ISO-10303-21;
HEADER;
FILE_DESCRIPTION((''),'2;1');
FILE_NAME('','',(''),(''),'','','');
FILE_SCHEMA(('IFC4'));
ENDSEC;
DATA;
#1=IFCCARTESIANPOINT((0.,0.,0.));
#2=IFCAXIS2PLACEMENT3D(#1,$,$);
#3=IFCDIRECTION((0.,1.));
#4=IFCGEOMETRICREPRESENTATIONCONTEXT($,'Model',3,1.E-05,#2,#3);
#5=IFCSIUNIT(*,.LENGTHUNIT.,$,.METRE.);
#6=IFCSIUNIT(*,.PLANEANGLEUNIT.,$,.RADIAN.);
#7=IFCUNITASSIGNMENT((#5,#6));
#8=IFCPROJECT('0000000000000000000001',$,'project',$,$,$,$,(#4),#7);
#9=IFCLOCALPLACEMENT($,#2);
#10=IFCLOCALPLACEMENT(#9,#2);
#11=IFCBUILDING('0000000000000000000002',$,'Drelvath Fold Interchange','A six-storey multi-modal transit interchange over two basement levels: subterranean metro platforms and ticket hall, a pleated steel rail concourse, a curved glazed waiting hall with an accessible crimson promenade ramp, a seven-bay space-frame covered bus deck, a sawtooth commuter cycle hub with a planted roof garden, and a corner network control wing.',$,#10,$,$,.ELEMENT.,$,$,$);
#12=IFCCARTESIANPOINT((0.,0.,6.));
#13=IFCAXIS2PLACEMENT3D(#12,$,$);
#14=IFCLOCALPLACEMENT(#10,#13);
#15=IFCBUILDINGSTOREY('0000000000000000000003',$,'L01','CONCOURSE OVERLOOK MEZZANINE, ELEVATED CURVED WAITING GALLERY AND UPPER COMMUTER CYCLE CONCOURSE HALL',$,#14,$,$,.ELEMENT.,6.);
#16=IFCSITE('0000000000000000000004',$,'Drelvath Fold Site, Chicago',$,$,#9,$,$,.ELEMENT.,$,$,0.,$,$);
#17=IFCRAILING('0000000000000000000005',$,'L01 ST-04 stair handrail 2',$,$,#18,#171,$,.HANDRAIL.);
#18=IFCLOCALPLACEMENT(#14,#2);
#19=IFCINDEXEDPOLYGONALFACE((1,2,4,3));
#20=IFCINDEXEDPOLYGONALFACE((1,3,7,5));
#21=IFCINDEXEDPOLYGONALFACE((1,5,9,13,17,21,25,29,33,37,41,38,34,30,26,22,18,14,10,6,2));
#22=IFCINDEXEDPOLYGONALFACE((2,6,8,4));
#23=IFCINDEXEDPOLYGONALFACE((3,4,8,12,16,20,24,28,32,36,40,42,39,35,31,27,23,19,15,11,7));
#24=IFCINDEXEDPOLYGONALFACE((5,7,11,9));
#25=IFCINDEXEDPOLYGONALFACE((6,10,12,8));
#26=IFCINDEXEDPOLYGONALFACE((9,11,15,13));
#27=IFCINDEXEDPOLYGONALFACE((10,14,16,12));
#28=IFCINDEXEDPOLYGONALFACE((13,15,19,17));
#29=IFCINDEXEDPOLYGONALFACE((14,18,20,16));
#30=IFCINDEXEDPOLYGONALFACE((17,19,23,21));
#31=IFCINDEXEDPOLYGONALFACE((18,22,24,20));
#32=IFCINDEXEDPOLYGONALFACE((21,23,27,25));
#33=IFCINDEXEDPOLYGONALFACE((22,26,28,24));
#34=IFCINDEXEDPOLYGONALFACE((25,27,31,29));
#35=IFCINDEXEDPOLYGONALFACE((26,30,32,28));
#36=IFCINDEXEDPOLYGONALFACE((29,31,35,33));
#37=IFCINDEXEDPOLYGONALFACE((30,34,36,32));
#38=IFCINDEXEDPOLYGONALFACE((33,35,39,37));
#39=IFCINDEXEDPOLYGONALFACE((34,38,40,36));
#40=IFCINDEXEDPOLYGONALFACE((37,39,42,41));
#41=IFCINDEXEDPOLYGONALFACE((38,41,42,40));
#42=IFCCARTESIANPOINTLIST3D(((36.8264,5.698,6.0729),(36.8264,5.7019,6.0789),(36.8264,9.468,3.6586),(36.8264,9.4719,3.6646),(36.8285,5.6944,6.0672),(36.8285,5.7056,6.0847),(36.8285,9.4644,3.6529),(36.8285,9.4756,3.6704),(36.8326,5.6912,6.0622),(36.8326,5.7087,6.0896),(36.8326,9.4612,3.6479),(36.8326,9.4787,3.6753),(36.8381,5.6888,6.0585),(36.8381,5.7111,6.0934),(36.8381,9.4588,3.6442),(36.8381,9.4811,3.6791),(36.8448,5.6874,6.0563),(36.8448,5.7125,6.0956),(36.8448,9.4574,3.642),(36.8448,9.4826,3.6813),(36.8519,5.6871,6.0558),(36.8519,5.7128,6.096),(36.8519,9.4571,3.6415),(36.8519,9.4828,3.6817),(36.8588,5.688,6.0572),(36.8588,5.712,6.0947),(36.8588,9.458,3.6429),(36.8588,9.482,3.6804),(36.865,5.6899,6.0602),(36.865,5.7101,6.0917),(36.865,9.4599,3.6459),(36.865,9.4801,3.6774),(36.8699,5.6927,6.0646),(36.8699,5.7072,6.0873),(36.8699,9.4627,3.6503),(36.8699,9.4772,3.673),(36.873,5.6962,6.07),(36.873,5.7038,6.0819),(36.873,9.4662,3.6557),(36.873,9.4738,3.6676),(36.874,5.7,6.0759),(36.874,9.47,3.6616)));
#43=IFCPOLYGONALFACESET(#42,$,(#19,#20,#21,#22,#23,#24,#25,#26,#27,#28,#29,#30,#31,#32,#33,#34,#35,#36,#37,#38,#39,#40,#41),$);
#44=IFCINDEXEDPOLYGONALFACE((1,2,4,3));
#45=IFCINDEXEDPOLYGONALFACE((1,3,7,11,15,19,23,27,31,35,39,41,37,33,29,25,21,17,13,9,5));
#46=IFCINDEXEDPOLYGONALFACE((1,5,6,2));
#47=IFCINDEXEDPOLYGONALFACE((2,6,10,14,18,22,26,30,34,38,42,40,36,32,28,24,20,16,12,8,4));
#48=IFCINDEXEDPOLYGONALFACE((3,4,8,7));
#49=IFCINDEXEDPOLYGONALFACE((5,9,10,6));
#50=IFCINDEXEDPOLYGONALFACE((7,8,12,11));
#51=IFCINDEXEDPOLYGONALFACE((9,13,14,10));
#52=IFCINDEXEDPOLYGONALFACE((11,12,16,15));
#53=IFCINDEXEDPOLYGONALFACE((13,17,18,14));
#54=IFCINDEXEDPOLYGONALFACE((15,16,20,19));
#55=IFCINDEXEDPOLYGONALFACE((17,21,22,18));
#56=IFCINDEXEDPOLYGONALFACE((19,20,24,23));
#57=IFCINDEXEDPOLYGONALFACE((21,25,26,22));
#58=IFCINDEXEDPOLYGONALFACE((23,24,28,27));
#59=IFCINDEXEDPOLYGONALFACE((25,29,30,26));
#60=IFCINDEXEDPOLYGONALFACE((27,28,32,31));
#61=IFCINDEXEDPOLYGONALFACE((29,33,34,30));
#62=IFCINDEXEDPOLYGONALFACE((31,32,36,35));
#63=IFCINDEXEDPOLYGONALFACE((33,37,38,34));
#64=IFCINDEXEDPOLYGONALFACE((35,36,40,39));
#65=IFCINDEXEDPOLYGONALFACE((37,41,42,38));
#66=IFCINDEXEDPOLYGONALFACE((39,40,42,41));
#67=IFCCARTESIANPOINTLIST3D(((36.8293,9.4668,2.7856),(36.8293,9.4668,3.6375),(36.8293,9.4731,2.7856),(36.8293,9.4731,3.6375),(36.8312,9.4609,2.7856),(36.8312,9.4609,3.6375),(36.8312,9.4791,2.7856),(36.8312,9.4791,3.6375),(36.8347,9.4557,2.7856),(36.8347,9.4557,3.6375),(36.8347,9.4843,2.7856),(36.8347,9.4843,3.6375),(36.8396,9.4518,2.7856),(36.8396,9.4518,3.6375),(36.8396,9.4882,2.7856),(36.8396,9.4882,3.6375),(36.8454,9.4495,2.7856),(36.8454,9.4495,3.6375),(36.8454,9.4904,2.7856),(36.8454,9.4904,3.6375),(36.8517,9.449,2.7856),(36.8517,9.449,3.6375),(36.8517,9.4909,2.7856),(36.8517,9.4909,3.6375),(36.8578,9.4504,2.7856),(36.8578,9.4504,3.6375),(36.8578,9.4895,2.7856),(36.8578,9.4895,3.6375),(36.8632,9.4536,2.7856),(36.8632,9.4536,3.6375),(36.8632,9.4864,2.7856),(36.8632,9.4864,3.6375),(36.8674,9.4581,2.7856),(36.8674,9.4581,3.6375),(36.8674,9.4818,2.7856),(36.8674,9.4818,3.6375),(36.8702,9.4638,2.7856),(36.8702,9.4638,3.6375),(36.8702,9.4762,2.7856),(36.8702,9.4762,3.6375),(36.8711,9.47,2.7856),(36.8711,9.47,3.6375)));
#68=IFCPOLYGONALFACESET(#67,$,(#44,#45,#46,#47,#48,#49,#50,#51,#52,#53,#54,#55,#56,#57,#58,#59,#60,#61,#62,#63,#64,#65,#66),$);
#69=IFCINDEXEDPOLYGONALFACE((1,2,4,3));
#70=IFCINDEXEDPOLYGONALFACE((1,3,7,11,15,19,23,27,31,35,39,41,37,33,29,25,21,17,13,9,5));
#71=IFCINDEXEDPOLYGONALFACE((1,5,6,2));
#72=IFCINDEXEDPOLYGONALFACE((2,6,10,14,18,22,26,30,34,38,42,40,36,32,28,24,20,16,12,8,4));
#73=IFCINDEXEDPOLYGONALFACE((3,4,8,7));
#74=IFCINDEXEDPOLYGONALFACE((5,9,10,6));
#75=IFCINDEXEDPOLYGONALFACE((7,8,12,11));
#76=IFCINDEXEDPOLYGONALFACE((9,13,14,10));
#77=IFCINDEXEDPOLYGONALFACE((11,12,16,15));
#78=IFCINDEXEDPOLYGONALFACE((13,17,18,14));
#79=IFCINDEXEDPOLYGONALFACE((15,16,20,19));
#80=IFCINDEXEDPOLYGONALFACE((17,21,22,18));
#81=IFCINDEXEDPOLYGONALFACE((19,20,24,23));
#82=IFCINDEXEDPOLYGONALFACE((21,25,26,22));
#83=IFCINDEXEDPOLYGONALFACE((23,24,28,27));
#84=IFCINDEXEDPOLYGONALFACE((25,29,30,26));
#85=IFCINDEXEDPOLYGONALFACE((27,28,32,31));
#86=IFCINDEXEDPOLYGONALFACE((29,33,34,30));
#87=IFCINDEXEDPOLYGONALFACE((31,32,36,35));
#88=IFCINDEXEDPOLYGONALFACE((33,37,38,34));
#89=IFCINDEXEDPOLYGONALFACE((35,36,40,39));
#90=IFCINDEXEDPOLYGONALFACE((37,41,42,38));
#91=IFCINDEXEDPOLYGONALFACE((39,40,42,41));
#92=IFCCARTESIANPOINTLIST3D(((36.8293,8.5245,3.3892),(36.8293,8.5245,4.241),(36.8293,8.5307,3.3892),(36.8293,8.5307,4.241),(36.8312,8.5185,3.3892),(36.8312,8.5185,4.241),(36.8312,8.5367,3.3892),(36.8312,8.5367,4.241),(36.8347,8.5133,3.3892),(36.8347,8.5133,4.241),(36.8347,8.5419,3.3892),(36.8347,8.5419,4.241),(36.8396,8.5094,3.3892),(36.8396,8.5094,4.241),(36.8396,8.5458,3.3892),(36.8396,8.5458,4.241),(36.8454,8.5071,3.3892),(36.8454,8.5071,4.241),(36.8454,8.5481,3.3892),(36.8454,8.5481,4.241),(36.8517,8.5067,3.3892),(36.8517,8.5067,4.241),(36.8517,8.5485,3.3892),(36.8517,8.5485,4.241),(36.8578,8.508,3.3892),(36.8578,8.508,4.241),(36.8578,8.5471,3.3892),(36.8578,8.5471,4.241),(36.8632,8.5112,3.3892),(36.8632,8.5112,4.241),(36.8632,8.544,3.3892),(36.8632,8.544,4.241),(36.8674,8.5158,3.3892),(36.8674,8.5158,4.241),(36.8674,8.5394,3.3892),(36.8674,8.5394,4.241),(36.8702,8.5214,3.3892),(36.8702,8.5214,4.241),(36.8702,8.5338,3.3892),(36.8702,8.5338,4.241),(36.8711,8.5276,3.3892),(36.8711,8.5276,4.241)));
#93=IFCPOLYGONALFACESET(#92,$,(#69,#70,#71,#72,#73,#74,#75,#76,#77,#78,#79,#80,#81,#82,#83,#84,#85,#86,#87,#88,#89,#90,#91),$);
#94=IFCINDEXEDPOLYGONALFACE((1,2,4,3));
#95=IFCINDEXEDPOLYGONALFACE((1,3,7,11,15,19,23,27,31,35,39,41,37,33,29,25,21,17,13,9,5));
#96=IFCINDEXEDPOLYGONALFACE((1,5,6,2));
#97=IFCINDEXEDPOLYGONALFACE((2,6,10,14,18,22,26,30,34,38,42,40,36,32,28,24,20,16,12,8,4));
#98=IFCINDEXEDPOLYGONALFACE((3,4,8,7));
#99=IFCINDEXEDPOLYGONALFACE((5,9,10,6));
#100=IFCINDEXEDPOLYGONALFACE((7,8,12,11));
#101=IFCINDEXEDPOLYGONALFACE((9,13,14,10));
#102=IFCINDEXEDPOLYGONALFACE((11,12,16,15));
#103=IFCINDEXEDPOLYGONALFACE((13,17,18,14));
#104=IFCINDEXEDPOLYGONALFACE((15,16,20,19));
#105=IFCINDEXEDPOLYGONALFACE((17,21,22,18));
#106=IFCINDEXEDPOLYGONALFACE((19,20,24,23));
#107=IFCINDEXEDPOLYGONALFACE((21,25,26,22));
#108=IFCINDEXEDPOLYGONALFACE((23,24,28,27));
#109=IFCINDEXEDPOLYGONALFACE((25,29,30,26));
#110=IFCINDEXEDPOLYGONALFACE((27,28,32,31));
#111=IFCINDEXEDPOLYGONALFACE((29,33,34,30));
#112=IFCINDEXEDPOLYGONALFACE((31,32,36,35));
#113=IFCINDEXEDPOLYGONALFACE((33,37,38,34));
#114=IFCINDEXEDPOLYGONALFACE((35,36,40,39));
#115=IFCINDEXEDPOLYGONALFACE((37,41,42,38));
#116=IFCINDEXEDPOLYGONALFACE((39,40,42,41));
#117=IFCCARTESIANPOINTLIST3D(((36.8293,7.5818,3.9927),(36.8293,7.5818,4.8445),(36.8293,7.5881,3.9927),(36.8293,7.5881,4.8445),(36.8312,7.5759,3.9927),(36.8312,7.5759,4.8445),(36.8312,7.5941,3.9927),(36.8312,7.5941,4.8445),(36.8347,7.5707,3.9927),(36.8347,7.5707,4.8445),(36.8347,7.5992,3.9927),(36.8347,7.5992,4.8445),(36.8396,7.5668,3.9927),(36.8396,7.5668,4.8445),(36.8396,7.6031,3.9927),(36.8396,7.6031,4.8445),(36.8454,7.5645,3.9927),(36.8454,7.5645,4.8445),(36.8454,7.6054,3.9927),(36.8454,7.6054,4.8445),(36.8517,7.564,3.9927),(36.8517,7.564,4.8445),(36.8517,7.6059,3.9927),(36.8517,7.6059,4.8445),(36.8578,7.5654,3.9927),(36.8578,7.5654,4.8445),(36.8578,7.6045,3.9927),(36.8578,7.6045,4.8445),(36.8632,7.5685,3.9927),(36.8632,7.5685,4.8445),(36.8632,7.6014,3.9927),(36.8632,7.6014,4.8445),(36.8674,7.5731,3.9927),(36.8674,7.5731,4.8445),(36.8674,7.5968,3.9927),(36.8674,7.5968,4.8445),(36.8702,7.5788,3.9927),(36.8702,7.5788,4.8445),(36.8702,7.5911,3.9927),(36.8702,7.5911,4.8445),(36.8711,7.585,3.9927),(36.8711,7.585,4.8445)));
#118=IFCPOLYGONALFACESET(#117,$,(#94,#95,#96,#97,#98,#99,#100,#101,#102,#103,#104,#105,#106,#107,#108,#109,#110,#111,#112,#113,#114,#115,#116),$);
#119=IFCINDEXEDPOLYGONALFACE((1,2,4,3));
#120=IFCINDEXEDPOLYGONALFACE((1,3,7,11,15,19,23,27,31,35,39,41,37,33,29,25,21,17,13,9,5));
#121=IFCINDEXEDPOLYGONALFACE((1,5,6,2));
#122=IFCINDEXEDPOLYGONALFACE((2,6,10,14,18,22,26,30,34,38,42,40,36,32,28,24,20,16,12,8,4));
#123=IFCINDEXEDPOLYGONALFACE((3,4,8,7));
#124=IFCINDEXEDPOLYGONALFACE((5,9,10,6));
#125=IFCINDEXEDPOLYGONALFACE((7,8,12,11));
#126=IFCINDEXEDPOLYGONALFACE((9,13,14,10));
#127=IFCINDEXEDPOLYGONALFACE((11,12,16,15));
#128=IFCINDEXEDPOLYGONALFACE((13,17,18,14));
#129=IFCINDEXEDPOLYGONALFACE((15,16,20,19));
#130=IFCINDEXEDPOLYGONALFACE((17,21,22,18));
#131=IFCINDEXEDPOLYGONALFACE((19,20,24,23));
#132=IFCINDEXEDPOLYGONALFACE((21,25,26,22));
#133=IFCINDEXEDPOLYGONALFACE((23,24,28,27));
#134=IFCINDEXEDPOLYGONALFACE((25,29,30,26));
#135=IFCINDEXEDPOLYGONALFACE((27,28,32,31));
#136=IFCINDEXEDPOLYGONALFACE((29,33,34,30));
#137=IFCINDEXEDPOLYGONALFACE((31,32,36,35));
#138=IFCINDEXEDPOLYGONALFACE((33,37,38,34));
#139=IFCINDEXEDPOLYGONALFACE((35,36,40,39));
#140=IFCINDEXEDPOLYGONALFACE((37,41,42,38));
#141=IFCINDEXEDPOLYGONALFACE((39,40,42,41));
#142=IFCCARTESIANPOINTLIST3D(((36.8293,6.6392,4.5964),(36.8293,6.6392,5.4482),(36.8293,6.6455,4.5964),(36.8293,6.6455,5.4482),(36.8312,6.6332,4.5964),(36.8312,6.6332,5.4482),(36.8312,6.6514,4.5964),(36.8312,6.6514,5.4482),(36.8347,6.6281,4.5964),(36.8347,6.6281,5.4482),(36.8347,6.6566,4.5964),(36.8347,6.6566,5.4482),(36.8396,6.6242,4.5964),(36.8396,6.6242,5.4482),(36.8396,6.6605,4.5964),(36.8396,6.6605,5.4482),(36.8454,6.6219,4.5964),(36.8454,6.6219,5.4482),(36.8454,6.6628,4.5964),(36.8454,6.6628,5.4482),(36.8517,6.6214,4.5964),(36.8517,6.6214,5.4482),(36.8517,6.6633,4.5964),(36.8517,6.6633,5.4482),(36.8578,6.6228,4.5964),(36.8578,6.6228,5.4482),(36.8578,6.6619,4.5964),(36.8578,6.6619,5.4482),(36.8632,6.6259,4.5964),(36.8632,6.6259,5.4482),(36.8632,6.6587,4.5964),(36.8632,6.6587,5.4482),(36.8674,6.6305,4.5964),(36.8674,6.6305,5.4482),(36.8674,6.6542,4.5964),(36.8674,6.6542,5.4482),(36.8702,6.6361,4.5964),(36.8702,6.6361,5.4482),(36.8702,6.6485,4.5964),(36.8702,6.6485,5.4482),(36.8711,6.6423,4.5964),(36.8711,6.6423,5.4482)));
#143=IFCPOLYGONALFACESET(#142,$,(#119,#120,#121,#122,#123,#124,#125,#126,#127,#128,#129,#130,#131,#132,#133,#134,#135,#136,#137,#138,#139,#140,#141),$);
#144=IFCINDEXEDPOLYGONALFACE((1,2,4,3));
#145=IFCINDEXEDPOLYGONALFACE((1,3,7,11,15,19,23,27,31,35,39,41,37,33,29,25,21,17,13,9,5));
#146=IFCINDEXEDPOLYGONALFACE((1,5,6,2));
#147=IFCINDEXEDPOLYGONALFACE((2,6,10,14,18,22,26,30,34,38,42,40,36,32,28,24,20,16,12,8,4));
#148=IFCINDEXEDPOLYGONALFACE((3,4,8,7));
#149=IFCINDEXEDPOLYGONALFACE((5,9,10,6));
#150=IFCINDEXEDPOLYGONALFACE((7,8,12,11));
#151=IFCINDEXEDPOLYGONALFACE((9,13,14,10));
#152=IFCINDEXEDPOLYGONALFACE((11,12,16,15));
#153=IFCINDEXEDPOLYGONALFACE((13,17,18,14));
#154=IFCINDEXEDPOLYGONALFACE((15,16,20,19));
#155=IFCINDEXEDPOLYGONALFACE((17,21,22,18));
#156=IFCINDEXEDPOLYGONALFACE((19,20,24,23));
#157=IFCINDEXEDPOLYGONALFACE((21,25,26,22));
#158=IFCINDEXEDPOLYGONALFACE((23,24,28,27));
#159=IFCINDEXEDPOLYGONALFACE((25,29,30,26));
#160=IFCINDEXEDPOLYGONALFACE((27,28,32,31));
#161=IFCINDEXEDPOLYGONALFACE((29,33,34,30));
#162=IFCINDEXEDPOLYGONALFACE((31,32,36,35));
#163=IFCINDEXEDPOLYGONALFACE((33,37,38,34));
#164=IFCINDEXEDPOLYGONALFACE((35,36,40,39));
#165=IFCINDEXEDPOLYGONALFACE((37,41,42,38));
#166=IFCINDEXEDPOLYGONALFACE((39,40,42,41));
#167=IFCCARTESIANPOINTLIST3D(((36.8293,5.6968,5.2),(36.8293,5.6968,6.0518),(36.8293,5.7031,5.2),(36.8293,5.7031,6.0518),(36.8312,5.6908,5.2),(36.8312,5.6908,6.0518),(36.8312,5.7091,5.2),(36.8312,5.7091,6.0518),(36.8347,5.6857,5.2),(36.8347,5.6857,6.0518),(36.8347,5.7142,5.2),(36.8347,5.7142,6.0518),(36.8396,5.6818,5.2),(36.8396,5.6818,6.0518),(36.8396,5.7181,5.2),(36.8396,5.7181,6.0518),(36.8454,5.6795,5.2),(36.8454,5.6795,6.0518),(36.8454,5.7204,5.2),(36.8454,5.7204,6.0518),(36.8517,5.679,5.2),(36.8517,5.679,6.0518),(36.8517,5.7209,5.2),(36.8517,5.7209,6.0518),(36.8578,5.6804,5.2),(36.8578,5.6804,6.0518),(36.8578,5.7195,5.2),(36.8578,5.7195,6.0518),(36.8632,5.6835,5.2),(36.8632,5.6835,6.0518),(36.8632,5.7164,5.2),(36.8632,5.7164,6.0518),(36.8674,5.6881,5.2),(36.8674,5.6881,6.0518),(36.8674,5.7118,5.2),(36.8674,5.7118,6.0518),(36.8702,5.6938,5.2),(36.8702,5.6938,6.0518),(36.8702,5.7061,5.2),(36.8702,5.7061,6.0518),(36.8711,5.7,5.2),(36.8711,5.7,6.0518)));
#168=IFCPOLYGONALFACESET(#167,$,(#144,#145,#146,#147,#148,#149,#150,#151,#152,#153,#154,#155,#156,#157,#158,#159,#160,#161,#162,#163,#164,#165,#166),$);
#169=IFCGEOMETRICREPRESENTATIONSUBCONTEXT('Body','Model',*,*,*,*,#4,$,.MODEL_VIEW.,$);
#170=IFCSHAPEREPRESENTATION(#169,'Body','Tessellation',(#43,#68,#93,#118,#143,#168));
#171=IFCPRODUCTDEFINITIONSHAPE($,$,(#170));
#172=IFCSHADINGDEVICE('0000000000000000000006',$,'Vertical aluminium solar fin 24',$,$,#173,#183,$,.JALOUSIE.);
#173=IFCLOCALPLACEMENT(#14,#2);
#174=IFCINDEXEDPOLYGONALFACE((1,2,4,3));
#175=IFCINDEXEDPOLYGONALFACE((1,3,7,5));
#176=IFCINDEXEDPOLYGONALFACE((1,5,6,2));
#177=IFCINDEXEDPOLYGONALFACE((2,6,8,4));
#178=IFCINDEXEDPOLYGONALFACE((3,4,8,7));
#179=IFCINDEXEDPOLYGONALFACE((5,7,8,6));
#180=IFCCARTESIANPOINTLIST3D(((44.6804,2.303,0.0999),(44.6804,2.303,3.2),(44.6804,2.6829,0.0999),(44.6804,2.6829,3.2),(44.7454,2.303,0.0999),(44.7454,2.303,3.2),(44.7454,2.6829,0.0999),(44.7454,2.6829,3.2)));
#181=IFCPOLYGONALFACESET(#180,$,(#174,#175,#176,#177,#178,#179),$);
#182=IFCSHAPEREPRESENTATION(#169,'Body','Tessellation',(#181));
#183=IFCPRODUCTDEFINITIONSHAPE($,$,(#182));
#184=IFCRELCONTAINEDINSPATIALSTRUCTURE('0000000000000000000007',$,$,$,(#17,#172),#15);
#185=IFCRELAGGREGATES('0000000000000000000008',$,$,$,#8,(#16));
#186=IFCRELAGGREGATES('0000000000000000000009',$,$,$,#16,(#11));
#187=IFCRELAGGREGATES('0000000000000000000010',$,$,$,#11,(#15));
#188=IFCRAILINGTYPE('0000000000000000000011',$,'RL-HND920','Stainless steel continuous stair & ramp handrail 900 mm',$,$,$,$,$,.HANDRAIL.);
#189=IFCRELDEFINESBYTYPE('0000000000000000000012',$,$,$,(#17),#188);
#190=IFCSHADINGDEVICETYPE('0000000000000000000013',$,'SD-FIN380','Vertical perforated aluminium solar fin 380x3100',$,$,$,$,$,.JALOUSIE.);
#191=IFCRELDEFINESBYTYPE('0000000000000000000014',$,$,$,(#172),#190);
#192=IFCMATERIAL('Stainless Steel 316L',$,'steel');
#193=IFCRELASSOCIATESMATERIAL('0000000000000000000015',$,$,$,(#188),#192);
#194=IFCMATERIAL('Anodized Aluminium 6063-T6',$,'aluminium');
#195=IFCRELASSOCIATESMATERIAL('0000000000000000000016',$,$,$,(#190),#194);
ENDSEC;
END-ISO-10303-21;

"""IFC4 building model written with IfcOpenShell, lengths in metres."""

from ifc_helpers import new_model, si_unit, direction, frame, origin, origin_2d, place, context, subcontext, project, spatial, rectangle, circle, extrude, material, type_object, element, save


model = new_model("IFC4")

# Units and contexts
model_context = context("Model", 3, precision=1e-05, world=origin(), true_north=direction((0.0, 1.0)))
body_context = subcontext(model_context, "Body", "Model", "MODEL_VIEW")
ifc_project = project(units=[si_unit("LENGTHUNIT", "METRE"), si_unit("PLANEANGLEUNIT", "RADIAN")], contexts=[model_context])

# Site, building, storey
site_placement = place(None, origin())
site = spatial("IfcSite", under=ifc_project, at=site_placement, Name="Drelvath Fold Site, Chicago", CompositionType="ELEMENT", RefElevation=0.0)
building_placement = place(site_placement, origin())
building = spatial("IfcBuilding", under=site, at=building_placement, Name="Drelvath Fold Interchange", Description="A six-storey multi-modal transit interchange over two basement levels: subterranean metro platforms and ticket hall, a pleated steel rail concourse, a curved glazed waiting hall with an accessible crimson promenade ramp, a seven-bay space-frame covered bus deck, a sawtooth commuter cycle hub with a planted roof garden, and a corner network control wing.", CompositionType="ELEMENT")
storey_placement = place(building_placement, frame((0.0, 0.0, 6.0)))
storey = spatial("IfcBuildingStorey", under=building, at=storey_placement, Name="L01", Description="CONCOURSE OVERLOOK MEZZANINE, ELEVATED CURVED WAITING GALLERY AND UPPER COMMUTER CYCLE CONCOURSE HALL", CompositionType="ELEMENT", Elevation=6.0)

# Railing
ifc_material_1 = material(Name="Stainless Steel 316L", Category="steel")
railing_type_1 = type_object("IfcRailingType", Name="RL-HND920", Description="Stainless steel continuous stair & ramp handrail 900 mm", PredefinedType="HANDRAIL", material=ifc_material_1)
railing_1_placement = place(storey_placement, frame((36.8501, 9.47, 2.7856)))
element("IfcRailing", 1, at=railing_1_placement, inside=storey, type_object=railing_type_1, Name="L01 ST-04 stair handrail 2", PredefinedType="HANDRAIL", context=body_context, shape_type="SweptSolid", body=[
    extrude(circle(Radius=0.0239, at=origin_2d()), frame((0.0, 0.0, 0.876), z_axis=(0.0, -0.84212, 0.53929), x_axis=(1.0, 0.0, 0.0)), (0.0, 0.0, 1.0), 4.4768),
    extrude(circle(Radius=0.021, at=origin_2d()), origin(), (0.0, 0.0, 1.0), 0.8518),
    extrude(circle(Radius=0.021, at=origin_2d()), frame((0.0, -0.9424, 0.6035)), (0.0, 0.0, 1.0), 0.8518),
    extrude(circle(Radius=0.021, at=origin_2d()), frame((0.0, -1.885, 1.207)), (0.0, 0.0, 1.0), 0.8518),
    extrude(circle(Radius=0.021, at=origin_2d()), frame((0.0, -2.8276, 1.8108)), (0.0, 0.0, 1.0), 0.8518),
    extrude(circle(Radius=0.021, at=origin_2d()), frame((0.0, -3.77, 2.4143)), (0.0, 0.0, 1.0), 0.8518),
])

# Shading device
ifc_material_2 = material(Name="Anodized Aluminium 6063-T6", Category="aluminium")
shading_device_type = type_object("IfcShadingDeviceType", Name="SD-FIN380", Description="Vertical perforated aluminium solar fin 380x3100", PredefinedType="JALOUSIE", material=ifc_material_2)
shading_device_placement = place(storey_placement, frame((44.7129, 2.4929, 0.0999), z_axis=(0.0, 0.0, 1.0), x_axis=(0.0, 1.0, 0.0)))
element("IfcShadingDevice", 2, at=shading_device_placement, inside=storey, type_object=shading_device_type, Name="Vertical aluminium solar fin 24", PredefinedType="JALOUSIE", context=body_context, shape_type="SweptSolid", body=[
    extrude(rectangle(XDim=0.3799, YDim=0.0649, at=origin_2d()), origin(), (0.0, 0.0, 1.0), 3.1001),
])

save(model, "model.ifc")
